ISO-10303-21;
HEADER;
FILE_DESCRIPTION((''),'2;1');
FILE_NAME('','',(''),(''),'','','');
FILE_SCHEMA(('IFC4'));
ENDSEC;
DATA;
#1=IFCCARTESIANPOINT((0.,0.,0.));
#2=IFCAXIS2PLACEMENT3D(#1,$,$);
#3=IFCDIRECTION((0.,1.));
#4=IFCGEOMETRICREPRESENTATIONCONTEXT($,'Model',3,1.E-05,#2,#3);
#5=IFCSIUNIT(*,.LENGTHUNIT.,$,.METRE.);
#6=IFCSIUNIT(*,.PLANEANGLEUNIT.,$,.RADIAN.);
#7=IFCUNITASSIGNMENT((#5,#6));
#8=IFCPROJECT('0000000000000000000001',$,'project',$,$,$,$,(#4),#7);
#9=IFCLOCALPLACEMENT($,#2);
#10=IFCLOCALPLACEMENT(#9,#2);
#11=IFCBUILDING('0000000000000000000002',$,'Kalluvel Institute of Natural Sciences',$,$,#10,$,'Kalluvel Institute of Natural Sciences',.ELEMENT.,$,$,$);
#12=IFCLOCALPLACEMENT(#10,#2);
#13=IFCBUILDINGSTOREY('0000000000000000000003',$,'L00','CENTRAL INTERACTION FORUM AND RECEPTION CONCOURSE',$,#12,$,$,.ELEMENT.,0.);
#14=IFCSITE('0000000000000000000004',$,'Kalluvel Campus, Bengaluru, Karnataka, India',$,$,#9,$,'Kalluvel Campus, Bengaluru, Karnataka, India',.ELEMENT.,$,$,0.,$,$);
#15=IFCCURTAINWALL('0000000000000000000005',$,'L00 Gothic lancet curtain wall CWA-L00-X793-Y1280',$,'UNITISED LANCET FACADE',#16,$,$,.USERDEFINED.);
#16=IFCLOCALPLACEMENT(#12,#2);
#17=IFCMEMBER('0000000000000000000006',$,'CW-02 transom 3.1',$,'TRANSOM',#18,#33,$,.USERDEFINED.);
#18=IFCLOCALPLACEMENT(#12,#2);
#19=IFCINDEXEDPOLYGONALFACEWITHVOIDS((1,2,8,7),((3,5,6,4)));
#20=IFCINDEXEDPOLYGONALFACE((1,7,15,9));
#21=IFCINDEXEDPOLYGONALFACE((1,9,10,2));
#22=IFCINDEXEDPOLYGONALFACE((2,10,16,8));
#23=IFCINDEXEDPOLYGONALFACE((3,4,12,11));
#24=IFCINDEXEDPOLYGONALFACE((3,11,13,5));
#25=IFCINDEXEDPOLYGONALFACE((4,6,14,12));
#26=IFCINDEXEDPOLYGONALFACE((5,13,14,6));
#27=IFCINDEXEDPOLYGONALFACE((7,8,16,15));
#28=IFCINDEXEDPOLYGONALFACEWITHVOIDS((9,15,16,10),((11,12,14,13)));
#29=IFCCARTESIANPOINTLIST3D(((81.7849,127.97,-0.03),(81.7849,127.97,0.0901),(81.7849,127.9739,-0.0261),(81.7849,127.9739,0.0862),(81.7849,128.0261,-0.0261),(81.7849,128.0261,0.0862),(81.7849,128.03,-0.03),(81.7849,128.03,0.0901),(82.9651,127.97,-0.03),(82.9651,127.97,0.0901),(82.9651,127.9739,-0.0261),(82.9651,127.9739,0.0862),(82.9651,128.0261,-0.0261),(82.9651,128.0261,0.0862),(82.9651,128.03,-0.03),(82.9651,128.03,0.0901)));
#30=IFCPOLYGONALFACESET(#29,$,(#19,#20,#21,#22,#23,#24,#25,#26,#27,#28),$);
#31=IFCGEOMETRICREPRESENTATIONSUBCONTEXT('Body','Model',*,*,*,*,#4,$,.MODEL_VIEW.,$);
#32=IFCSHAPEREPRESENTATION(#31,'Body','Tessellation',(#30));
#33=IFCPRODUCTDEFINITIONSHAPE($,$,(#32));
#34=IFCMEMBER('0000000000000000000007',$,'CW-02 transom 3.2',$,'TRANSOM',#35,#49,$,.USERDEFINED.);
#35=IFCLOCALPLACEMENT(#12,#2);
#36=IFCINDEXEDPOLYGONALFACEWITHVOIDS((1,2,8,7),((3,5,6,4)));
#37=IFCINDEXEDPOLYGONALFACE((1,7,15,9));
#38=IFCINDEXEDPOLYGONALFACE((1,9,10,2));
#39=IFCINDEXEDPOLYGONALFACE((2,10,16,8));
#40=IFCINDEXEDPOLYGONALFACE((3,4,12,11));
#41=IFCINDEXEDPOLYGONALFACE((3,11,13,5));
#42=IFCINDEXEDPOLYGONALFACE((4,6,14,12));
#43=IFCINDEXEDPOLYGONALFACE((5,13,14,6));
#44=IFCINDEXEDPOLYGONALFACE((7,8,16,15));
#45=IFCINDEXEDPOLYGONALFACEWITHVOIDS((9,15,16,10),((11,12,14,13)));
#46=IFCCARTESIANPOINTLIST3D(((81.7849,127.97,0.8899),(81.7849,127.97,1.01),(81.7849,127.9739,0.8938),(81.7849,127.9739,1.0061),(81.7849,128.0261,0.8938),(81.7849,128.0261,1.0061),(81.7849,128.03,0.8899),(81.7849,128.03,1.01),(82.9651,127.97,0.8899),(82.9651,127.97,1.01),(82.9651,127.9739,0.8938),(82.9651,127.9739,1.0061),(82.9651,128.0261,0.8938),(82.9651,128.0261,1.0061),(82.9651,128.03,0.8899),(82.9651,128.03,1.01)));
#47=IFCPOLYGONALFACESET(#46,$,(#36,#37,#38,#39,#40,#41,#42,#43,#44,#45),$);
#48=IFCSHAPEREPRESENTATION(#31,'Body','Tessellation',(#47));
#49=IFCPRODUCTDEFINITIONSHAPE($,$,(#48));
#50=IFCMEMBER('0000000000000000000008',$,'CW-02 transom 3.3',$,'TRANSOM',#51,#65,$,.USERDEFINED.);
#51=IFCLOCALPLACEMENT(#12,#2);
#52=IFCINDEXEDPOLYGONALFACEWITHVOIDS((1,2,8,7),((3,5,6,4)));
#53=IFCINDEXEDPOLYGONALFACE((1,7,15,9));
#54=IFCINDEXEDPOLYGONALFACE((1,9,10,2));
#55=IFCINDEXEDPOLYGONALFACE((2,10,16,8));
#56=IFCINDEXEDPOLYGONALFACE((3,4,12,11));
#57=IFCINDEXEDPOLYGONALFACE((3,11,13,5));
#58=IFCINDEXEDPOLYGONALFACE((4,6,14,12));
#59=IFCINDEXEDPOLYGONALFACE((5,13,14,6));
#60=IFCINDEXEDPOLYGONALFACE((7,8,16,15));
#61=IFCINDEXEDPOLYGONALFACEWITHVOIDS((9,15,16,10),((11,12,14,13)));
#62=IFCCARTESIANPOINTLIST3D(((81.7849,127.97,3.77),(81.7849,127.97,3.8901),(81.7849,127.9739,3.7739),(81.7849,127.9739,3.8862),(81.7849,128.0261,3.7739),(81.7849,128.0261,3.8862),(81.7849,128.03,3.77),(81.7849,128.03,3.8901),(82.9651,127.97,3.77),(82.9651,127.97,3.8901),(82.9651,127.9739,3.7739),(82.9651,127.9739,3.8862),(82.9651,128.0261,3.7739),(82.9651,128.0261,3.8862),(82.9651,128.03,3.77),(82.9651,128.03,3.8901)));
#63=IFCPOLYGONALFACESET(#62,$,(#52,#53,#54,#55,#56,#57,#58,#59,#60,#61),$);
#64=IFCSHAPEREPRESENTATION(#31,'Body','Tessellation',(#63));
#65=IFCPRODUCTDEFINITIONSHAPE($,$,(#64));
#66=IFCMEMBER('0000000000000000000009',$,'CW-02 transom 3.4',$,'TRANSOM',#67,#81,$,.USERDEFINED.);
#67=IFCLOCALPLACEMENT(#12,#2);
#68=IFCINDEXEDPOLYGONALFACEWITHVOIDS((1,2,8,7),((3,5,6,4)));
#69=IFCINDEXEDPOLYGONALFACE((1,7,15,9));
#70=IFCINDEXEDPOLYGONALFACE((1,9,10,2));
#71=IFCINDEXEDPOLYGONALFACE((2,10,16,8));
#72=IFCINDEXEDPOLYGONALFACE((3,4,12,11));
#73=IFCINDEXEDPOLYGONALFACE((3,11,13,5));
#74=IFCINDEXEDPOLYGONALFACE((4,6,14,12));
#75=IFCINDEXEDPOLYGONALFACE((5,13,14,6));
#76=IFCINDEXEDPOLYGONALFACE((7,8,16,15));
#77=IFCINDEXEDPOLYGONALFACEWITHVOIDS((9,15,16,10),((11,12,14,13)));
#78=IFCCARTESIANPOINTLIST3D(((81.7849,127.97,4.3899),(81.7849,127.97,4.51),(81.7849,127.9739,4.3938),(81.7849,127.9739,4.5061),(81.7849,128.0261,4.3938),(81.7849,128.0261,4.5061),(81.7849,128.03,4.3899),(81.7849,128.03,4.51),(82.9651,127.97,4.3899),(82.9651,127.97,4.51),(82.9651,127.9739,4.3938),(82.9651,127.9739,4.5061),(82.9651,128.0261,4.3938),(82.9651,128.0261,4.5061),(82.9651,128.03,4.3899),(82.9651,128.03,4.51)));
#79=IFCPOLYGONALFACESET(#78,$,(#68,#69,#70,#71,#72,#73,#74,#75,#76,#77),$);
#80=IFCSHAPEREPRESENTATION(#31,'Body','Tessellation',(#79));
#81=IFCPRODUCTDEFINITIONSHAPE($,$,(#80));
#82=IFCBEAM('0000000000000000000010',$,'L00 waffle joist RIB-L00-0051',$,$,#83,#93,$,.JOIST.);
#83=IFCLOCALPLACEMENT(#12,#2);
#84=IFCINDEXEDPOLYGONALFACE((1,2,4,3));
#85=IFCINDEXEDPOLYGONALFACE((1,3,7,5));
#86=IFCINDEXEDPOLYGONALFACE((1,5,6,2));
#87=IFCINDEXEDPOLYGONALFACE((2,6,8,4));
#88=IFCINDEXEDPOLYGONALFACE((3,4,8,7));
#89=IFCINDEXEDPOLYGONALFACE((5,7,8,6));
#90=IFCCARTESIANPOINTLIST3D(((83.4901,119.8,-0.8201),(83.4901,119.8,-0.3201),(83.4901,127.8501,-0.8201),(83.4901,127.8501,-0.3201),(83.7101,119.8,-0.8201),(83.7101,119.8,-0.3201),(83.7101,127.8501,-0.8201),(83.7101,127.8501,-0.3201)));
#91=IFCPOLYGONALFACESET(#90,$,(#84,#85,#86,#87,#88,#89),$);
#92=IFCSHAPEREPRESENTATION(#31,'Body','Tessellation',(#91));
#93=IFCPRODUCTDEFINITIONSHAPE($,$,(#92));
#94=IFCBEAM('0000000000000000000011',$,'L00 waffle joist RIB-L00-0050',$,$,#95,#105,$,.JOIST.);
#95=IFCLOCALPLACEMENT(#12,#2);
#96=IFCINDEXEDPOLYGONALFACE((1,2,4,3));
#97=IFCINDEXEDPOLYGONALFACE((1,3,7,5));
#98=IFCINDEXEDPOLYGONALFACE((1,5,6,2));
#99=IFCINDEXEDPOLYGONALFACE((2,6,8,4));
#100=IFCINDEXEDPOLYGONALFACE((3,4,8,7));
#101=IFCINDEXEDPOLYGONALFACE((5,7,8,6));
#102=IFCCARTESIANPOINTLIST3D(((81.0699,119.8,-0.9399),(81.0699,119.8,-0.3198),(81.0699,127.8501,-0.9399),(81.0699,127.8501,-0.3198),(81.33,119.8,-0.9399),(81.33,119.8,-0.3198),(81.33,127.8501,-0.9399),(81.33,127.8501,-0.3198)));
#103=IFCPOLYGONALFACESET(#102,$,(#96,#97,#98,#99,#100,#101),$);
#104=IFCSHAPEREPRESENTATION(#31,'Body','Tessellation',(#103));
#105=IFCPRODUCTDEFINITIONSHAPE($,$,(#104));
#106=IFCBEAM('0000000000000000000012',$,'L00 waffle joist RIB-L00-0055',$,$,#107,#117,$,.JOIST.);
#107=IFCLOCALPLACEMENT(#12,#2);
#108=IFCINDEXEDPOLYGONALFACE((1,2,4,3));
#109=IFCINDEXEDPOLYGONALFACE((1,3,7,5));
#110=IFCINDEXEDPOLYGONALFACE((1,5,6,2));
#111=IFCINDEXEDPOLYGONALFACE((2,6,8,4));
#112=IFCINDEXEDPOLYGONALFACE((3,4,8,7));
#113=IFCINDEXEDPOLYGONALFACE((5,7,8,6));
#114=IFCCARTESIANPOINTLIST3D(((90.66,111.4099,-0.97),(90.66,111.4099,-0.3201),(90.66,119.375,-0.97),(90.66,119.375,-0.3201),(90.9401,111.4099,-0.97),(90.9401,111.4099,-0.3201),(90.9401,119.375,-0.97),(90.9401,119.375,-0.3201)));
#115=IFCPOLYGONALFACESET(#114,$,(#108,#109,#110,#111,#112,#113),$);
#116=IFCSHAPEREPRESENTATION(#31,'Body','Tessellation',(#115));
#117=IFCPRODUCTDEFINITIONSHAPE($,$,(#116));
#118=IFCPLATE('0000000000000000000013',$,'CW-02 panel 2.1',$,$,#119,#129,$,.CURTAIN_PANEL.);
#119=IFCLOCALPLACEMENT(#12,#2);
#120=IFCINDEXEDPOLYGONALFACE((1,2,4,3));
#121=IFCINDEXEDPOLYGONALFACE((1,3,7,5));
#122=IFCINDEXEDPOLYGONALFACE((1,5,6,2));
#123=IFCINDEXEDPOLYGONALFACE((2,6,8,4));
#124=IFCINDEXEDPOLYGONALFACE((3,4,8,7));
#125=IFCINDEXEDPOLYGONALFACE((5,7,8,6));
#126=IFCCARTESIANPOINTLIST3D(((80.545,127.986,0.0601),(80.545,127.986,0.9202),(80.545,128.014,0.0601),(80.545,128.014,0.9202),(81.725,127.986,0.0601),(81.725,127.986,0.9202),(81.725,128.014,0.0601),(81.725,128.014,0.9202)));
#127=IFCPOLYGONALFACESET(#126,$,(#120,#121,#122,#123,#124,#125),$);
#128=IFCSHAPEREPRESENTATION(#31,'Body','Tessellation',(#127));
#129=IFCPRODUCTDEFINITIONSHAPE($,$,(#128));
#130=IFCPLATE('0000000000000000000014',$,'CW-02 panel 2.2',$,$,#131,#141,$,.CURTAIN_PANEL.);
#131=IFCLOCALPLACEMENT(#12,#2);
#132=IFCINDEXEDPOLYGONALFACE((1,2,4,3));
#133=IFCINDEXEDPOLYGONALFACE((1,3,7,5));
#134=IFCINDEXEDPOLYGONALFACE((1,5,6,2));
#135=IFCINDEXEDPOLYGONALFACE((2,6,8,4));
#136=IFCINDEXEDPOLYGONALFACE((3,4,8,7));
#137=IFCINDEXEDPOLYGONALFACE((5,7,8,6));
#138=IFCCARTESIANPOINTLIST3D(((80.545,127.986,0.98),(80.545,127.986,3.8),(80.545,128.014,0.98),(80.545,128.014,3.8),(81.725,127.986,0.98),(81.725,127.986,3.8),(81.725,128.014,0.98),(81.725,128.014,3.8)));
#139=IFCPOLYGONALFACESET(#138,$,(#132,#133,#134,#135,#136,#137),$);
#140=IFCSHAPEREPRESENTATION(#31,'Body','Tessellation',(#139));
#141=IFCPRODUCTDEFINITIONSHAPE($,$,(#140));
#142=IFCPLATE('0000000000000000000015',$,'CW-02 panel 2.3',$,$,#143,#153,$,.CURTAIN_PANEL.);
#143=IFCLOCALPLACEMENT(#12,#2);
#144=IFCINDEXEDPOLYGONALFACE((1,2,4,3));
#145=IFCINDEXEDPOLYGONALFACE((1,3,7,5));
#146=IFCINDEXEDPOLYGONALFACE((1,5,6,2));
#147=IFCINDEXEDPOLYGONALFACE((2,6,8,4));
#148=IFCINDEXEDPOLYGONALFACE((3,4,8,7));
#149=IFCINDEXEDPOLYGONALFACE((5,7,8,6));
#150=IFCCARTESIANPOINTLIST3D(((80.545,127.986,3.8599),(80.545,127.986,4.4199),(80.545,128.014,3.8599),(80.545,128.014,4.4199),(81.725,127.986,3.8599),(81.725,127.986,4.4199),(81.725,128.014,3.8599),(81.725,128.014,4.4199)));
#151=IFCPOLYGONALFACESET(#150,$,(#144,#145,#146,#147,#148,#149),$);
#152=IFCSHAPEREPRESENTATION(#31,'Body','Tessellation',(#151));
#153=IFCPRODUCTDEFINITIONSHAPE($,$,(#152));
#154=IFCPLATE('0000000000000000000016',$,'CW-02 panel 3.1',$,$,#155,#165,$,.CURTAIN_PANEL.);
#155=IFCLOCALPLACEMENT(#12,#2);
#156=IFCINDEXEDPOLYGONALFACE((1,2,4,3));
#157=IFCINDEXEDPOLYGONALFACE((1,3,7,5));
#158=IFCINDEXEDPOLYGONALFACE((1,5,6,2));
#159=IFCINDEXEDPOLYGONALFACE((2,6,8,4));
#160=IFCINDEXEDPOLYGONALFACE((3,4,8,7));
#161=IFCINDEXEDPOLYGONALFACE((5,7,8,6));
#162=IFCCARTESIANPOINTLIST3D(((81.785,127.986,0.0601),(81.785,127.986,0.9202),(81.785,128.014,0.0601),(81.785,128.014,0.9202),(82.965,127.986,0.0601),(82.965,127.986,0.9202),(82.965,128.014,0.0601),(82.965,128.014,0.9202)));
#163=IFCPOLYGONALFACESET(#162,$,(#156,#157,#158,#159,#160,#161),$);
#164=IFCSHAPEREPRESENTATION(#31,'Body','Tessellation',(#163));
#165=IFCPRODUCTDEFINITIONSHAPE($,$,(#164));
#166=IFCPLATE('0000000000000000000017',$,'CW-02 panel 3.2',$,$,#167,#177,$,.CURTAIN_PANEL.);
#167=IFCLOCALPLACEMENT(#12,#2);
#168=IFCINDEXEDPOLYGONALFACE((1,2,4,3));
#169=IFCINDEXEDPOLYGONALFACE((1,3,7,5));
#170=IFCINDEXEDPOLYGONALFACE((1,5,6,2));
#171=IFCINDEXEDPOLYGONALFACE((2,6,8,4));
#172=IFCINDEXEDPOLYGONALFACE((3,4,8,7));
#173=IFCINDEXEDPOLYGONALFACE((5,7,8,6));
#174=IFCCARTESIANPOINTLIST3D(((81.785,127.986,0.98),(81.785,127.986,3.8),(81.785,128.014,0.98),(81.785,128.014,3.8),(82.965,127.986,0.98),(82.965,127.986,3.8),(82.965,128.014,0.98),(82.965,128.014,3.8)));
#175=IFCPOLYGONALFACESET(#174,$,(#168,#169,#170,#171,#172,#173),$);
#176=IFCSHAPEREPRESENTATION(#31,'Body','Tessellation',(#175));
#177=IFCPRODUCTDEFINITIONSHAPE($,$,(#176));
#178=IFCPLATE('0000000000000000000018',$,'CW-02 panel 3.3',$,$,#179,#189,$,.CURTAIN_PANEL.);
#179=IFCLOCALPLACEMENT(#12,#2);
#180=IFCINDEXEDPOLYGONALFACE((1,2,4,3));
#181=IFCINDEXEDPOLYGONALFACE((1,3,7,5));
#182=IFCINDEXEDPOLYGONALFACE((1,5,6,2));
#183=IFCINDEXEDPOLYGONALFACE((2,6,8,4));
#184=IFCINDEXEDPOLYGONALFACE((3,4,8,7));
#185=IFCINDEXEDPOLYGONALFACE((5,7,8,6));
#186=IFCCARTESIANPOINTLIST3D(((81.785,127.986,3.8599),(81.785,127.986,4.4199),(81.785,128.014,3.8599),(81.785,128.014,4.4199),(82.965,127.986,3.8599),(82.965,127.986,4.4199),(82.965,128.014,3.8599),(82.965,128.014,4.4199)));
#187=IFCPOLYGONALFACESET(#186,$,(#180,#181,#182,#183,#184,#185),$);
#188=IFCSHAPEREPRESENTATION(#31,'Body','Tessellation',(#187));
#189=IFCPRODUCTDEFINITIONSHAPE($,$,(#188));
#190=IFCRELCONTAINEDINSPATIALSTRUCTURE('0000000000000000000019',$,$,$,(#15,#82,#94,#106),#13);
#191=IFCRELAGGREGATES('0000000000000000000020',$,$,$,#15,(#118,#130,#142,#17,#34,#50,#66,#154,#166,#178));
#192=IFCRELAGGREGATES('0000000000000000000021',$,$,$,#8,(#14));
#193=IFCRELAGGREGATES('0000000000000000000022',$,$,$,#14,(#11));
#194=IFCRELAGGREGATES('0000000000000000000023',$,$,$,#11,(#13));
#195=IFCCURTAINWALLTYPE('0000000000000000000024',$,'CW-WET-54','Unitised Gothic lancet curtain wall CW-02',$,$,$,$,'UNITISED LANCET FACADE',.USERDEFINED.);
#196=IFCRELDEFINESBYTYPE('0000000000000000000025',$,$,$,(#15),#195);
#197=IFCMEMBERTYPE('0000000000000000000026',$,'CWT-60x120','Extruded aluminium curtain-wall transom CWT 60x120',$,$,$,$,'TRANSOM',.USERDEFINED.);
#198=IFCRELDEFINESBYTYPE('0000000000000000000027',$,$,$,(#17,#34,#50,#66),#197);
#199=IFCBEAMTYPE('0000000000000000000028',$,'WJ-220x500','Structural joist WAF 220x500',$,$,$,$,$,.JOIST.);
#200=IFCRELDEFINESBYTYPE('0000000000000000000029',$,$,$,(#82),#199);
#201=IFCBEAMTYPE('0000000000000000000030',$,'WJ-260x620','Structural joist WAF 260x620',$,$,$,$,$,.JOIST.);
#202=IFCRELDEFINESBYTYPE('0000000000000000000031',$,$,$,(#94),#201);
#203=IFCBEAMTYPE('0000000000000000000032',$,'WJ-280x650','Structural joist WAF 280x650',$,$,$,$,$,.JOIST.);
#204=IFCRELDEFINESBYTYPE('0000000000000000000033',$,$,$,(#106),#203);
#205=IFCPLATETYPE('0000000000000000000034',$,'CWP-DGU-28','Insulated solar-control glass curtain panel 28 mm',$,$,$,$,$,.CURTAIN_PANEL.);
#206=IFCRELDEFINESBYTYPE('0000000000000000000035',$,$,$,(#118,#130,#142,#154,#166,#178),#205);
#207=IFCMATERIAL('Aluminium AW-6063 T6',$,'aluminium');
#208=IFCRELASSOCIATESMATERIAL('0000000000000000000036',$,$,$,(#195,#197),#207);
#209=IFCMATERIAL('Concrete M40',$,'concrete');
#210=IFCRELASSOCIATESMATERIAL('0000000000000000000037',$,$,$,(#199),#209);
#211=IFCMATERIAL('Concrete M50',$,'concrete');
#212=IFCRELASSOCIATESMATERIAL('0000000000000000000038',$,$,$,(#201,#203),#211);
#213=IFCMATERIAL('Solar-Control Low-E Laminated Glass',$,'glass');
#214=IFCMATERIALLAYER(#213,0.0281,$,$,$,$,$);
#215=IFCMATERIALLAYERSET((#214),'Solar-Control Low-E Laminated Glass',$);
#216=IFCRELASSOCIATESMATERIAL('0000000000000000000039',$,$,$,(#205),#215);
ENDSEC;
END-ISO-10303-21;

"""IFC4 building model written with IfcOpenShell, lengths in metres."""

from ifc_helpers import new_model, si_unit, direction, frame, origin, origin_2d, place, context, subcontext, project, spatial, rectangle, hollow_rectangle, extrude, material, layer, layer_set, material_profile, profile_set, type_object, element, aggregate, save


model = new_model("IFC4")

# Units and contexts
model_context = context("Model", 3, precision=1e-05, world=origin(), true_north=direction((0.0, 1.0)))
body_context = subcontext(model_context, "Body", "Model", "MODEL_VIEW")
ifc_project = project(units=[si_unit("LENGTHUNIT", "METRE"), si_unit("PLANEANGLEUNIT", "RADIAN")], contexts=[model_context])

# Site, building, storey
site_placement = place(None, origin())
site = spatial("IfcSite", under=ifc_project, at=site_placement, Name="Kalluvel Campus, Bengaluru, Karnataka, India", LongName="Kalluvel Campus, Bengaluru, Karnataka, India", CompositionType="ELEMENT", RefElevation=0.0)
building_placement = place(site_placement, origin())
building = spatial("IfcBuilding", under=site, at=building_placement, Name="Kalluvel Institute of Natural Sciences", LongName="Kalluvel Institute of Natural Sciences", CompositionType="ELEMENT")
storey_placement = place(building_placement, origin())
storey = spatial("IfcBuildingStorey", under=building, at=storey_placement, Name="L00", Description="CENTRAL INTERACTION FORUM AND RECEPTION CONCOURSE", CompositionType="ELEMENT", Elevation=0.0)

# Shared definitions
ifc_material_1 = material(Name="Concrete M50", Category="concrete")

# Shared definitions
ifc_material_2 = material(Name="Concrete M40", Category="concrete")

# Curtain wall, members
ifc_material_3 = material(Name="Aluminium AW-6063 T6", Category="aluminium")
curtain_wall_type = type_object("IfcCurtainWallType", Name="CW-WET-54", Description="Unitised Gothic lancet curtain wall CW-02", ElementType="UNITISED LANCET FACADE", PredefinedType="USERDEFINED", material=ifc_material_3)
curtain_wall_placement = place(storey_placement, origin())
curtain_wall = element("IfcCurtainWall", 1, at=curtain_wall_placement, inside=storey, type_object=curtain_wall_type, Name="L00 Gothic lancet curtain wall CWA-L00-X793-Y1280", ObjectType="UNITISED LANCET FACADE", PredefinedType="USERDEFINED")
ifc_material_profile_1 = material_profile(ifc_material_3, hollow_rectangle(XDim=0.0601, YDim=0.1201, WallThickness=0.0039, at=origin_2d()), Name="CWT 60x120")
ifc_profile_set_1 = profile_set([ifc_material_profile_1], Name="Aluminium AW-6063 T6")
member_type_1 = type_object("IfcMemberType", Name="CWT-60x120", Description="Extruded aluminium curtain-wall transom CWT 60x120", ElementType="TRANSOM", PredefinedType="USERDEFINED", material=ifc_profile_set_1)
member_1_placement = place(storey_placement, frame((81.7849, 128.0, 0.03), z_axis=(1.0, 0.0, 0.0), x_axis=(0.0, 1.0, 0.0)))
member_1 = element("IfcMember", 2, at=member_1_placement, type_object=member_type_1, Name="CW-02 transom 3.1", ObjectType="TRANSOM", PredefinedType="USERDEFINED", context=body_context, shape_type="SweptSolid", body=[
    extrude(hollow_rectangle(XDim=0.0601, YDim=0.1201, WallThickness=0.0039, at=origin_2d()), origin(), (0.0, 0.0, 1.0), 1.1802),
])
member_2_placement = place(storey_placement, frame((81.7849, 128.0, 0.95), z_axis=(1.0, 0.0, 0.0), x_axis=(0.0, 1.0, 0.0)))
member_2 = element("IfcMember", 3, at=member_2_placement, type_object=member_type_1, Name="CW-02 transom 3.2", ObjectType="TRANSOM", PredefinedType="USERDEFINED", context=body_context, shape_type="SweptSolid", body=[
    extrude(hollow_rectangle(XDim=0.0601, YDim=0.1201, WallThickness=0.0039, at=origin_2d()), origin(), (0.0, 0.0, 1.0), 1.1802),
])
member_3_placement = place(storey_placement, frame((81.7849, 128.0, 3.8301), z_axis=(1.0, 0.0, 0.0), x_axis=(0.0, 1.0, 0.0)))
member_3 = element("IfcMember", 4, at=member_3_placement, type_object=member_type_1, Name="CW-02 transom 3.3", ObjectType="TRANSOM", PredefinedType="USERDEFINED", context=body_context, shape_type="SweptSolid", body=[
    extrude(hollow_rectangle(XDim=0.0601, YDim=0.1201, WallThickness=0.0039, at=origin_2d()), origin(), (0.0, 0.0, 1.0), 1.1802),
])
member_4_placement = place(storey_placement, frame((81.7849, 128.0, 4.45), z_axis=(1.0, 0.0, 0.0), x_axis=(0.0, 1.0, 0.0)))
member_4 = element("IfcMember", 5, at=member_4_placement, type_object=member_type_1, Name="CW-02 transom 3.4", ObjectType="TRANSOM", PredefinedType="USERDEFINED", context=body_context, shape_type="SweptSolid", body=[
    extrude(hollow_rectangle(XDim=0.0601, YDim=0.1201, WallThickness=0.0039, at=origin_2d()), origin(), (0.0, 0.0, 1.0), 1.1802),
])

# Beams
ifc_material_profile_2 = material_profile(ifc_material_2, rectangle(XDim=0.22, YDim=0.5, at=origin_2d()), Name="WAF 220x500")
ifc_profile_set_2 = profile_set([ifc_material_profile_2], Name="Concrete M40")
beam_type_1 = type_object("IfcBeamType", Name="WJ-220x500", Description="Structural joist WAF 220x500", PredefinedType="JOIST", material=ifc_profile_set_2)
beam_1_placement = place(storey_placement, frame((83.6001, 119.8, -0.5701), z_axis=(0.0, 1.0, 0.0), x_axis=(-1.0, 0.0, 0.0)))
element("IfcBeam", 6, at=beam_1_placement, inside=storey, type_object=beam_type_1, Name="L00 waffle joist RIB-L00-0051", PredefinedType="JOIST", context=body_context, shape_type="SweptSolid", body=[
    extrude(rectangle(XDim=0.22, YDim=0.5, at=origin_2d()), origin(), (0.0, 0.0, 1.0), 8.05),
])
ifc_material_profile_3 = material_profile(ifc_material_1, rectangle(XDim=0.26, YDim=0.6201, at=origin_2d()), Name="WAF 260x620")
ifc_profile_set_3 = profile_set([ifc_material_profile_3], Name="Concrete M50")
beam_type_2 = type_object("IfcBeamType", Name="WJ-260x620", Description="Structural joist WAF 260x620", PredefinedType="JOIST", material=ifc_profile_set_3)
beam_2_placement = place(storey_placement, frame((81.2, 119.8, -0.6299), z_axis=(0.0, 1.0, 0.0), x_axis=(-1.0, 0.0, 0.0)))
element("IfcBeam", 7, at=beam_2_placement, inside=storey, type_object=beam_type_2, Name="L00 waffle joist RIB-L00-0050", PredefinedType="JOIST", context=body_context, shape_type="SweptSolid", body=[
    extrude(rectangle(XDim=0.26, YDim=0.6201, at=origin_2d()), origin(), (0.0, 0.0, 1.0), 8.05),
])
ifc_material_profile_4 = material_profile(ifc_material_1, rectangle(XDim=0.28, YDim=0.6499, at=origin_2d()), Name="WAF 280x650")
ifc_profile_set_4 = profile_set([ifc_material_profile_4], Name="Concrete M50")
beam_type_3 = type_object("IfcBeamType", Name="WJ-280x650", Description="Structural joist WAF 280x650", PredefinedType="JOIST", material=ifc_profile_set_4)
beam_3_placement = place(storey_placement, frame((90.8, 111.4099, -0.645), z_axis=(0.0, 1.0, 0.0), x_axis=(-1.0, 0.0, 0.0)))
element("IfcBeam", 8, at=beam_3_placement, inside=storey, type_object=beam_type_3, Name="L00 waffle joist RIB-L00-0055", PredefinedType="JOIST", context=body_context, shape_type="SweptSolid", body=[
    extrude(rectangle(XDim=0.28, YDim=0.6499, at=origin_2d()), origin(), (0.0, 0.0, 1.0), 7.9651),
])

# Plates
ifc_material_4 = material(Name="Solar-Control Low-E Laminated Glass", Category="glass")
ifc_layer = layer(ifc_material_4, 0.0281)
ifc_layer_set = layer_set([ifc_layer], Name="Solar-Control Low-E Laminated Glass")
plate_type = type_object("IfcPlateType", Name="CWP-DGU-28", Description="Insulated solar-control glass curtain panel 28 mm", PredefinedType="CURTAIN_PANEL", material=ifc_layer_set)
plate_1_placement = place(storey_placement, frame((81.135, 128.0, 0.0601), z_axis=(0.0, 0.0, 1.0), x_axis=(1.0, 0.0, 0.0)))
plate_1 = element("IfcPlate", 9, at=plate_1_placement, type_object=plate_type, Name="CW-02 panel 2.1", PredefinedType="CURTAIN_PANEL", context=body_context, shape_type="SweptSolid", body=[
    extrude(rectangle(XDim=1.1799, YDim=0.0281, at=origin_2d()), origin(), (0.0, 0.0, 1.0), 0.8601),
])
plate_2_placement = place(storey_placement, frame((81.135, 128.0, 0.98), z_axis=(0.0, 0.0, 1.0), x_axis=(1.0, 0.0, 0.0)))
plate_2 = element("IfcPlate", 10, at=plate_2_placement, type_object=plate_type, Name="CW-02 panel 2.2", PredefinedType="CURTAIN_PANEL", context=body_context, shape_type="SweptSolid", body=[
    extrude(rectangle(XDim=1.1799, YDim=0.0281, at=origin_2d()), origin(), (0.0, 0.0, 1.0), 2.8201),
])
plate_3_placement = place(storey_placement, frame((81.135, 128.0, 3.8599), z_axis=(0.0, 0.0, 1.0), x_axis=(1.0, 0.0, 0.0)))
plate_3 = element("IfcPlate", 11, at=plate_3_placement, type_object=plate_type, Name="CW-02 panel 2.3", PredefinedType="CURTAIN_PANEL", context=body_context, shape_type="SweptSolid", body=[
    extrude(rectangle(XDim=1.1799, YDim=0.0281, at=origin_2d()), origin(), (0.0, 0.0, 1.0), 0.5601),
])
plate_4_placement = place(storey_placement, frame((82.375, 128.0, 0.0601), z_axis=(0.0, 0.0, 1.0), x_axis=(1.0, 0.0, 0.0)))
plate_4 = element("IfcPlate", 12, at=plate_4_placement, type_object=plate_type, Name="CW-02 panel 3.1", PredefinedType="CURTAIN_PANEL", context=body_context, shape_type="SweptSolid", body=[
    extrude(rectangle(XDim=1.1799, YDim=0.0281, at=origin_2d()), origin(), (0.0, 0.0, 1.0), 0.8601),
])
plate_5_placement = place(storey_placement, frame((82.375, 128.0, 0.98), z_axis=(0.0, 0.0, 1.0), x_axis=(1.0, 0.0, 0.0)))
plate_5 = element("IfcPlate", 13, at=plate_5_placement, type_object=plate_type, Name="CW-02 panel 3.2", PredefinedType="CURTAIN_PANEL", context=body_context, shape_type="SweptSolid", body=[
    extrude(rectangle(XDim=1.1799, YDim=0.0281, at=origin_2d()), origin(), (0.0, 0.0, 1.0), 2.8201),
])
plate_6_placement = place(storey_placement, frame((82.375, 128.0, 3.8599), z_axis=(0.0, 0.0, 1.0), x_axis=(1.0, 0.0, 0.0)))
plate_6 = element("IfcPlate", 14, at=plate_6_placement, type_object=plate_type, Name="CW-02 panel 3.3", PredefinedType="CURTAIN_PANEL", context=body_context, shape_type="SweptSolid", body=[
    extrude(rectangle(XDim=1.1799, YDim=0.0281, at=origin_2d()), origin(), (0.0, 0.0, 1.0), 0.5601),
])
aggregate(curtain_wall, [plate_1, plate_2, plate_3, member_1, member_2, member_3, member_4, plate_4, plate_5, plate_6])

save(model, "model.ifc")
